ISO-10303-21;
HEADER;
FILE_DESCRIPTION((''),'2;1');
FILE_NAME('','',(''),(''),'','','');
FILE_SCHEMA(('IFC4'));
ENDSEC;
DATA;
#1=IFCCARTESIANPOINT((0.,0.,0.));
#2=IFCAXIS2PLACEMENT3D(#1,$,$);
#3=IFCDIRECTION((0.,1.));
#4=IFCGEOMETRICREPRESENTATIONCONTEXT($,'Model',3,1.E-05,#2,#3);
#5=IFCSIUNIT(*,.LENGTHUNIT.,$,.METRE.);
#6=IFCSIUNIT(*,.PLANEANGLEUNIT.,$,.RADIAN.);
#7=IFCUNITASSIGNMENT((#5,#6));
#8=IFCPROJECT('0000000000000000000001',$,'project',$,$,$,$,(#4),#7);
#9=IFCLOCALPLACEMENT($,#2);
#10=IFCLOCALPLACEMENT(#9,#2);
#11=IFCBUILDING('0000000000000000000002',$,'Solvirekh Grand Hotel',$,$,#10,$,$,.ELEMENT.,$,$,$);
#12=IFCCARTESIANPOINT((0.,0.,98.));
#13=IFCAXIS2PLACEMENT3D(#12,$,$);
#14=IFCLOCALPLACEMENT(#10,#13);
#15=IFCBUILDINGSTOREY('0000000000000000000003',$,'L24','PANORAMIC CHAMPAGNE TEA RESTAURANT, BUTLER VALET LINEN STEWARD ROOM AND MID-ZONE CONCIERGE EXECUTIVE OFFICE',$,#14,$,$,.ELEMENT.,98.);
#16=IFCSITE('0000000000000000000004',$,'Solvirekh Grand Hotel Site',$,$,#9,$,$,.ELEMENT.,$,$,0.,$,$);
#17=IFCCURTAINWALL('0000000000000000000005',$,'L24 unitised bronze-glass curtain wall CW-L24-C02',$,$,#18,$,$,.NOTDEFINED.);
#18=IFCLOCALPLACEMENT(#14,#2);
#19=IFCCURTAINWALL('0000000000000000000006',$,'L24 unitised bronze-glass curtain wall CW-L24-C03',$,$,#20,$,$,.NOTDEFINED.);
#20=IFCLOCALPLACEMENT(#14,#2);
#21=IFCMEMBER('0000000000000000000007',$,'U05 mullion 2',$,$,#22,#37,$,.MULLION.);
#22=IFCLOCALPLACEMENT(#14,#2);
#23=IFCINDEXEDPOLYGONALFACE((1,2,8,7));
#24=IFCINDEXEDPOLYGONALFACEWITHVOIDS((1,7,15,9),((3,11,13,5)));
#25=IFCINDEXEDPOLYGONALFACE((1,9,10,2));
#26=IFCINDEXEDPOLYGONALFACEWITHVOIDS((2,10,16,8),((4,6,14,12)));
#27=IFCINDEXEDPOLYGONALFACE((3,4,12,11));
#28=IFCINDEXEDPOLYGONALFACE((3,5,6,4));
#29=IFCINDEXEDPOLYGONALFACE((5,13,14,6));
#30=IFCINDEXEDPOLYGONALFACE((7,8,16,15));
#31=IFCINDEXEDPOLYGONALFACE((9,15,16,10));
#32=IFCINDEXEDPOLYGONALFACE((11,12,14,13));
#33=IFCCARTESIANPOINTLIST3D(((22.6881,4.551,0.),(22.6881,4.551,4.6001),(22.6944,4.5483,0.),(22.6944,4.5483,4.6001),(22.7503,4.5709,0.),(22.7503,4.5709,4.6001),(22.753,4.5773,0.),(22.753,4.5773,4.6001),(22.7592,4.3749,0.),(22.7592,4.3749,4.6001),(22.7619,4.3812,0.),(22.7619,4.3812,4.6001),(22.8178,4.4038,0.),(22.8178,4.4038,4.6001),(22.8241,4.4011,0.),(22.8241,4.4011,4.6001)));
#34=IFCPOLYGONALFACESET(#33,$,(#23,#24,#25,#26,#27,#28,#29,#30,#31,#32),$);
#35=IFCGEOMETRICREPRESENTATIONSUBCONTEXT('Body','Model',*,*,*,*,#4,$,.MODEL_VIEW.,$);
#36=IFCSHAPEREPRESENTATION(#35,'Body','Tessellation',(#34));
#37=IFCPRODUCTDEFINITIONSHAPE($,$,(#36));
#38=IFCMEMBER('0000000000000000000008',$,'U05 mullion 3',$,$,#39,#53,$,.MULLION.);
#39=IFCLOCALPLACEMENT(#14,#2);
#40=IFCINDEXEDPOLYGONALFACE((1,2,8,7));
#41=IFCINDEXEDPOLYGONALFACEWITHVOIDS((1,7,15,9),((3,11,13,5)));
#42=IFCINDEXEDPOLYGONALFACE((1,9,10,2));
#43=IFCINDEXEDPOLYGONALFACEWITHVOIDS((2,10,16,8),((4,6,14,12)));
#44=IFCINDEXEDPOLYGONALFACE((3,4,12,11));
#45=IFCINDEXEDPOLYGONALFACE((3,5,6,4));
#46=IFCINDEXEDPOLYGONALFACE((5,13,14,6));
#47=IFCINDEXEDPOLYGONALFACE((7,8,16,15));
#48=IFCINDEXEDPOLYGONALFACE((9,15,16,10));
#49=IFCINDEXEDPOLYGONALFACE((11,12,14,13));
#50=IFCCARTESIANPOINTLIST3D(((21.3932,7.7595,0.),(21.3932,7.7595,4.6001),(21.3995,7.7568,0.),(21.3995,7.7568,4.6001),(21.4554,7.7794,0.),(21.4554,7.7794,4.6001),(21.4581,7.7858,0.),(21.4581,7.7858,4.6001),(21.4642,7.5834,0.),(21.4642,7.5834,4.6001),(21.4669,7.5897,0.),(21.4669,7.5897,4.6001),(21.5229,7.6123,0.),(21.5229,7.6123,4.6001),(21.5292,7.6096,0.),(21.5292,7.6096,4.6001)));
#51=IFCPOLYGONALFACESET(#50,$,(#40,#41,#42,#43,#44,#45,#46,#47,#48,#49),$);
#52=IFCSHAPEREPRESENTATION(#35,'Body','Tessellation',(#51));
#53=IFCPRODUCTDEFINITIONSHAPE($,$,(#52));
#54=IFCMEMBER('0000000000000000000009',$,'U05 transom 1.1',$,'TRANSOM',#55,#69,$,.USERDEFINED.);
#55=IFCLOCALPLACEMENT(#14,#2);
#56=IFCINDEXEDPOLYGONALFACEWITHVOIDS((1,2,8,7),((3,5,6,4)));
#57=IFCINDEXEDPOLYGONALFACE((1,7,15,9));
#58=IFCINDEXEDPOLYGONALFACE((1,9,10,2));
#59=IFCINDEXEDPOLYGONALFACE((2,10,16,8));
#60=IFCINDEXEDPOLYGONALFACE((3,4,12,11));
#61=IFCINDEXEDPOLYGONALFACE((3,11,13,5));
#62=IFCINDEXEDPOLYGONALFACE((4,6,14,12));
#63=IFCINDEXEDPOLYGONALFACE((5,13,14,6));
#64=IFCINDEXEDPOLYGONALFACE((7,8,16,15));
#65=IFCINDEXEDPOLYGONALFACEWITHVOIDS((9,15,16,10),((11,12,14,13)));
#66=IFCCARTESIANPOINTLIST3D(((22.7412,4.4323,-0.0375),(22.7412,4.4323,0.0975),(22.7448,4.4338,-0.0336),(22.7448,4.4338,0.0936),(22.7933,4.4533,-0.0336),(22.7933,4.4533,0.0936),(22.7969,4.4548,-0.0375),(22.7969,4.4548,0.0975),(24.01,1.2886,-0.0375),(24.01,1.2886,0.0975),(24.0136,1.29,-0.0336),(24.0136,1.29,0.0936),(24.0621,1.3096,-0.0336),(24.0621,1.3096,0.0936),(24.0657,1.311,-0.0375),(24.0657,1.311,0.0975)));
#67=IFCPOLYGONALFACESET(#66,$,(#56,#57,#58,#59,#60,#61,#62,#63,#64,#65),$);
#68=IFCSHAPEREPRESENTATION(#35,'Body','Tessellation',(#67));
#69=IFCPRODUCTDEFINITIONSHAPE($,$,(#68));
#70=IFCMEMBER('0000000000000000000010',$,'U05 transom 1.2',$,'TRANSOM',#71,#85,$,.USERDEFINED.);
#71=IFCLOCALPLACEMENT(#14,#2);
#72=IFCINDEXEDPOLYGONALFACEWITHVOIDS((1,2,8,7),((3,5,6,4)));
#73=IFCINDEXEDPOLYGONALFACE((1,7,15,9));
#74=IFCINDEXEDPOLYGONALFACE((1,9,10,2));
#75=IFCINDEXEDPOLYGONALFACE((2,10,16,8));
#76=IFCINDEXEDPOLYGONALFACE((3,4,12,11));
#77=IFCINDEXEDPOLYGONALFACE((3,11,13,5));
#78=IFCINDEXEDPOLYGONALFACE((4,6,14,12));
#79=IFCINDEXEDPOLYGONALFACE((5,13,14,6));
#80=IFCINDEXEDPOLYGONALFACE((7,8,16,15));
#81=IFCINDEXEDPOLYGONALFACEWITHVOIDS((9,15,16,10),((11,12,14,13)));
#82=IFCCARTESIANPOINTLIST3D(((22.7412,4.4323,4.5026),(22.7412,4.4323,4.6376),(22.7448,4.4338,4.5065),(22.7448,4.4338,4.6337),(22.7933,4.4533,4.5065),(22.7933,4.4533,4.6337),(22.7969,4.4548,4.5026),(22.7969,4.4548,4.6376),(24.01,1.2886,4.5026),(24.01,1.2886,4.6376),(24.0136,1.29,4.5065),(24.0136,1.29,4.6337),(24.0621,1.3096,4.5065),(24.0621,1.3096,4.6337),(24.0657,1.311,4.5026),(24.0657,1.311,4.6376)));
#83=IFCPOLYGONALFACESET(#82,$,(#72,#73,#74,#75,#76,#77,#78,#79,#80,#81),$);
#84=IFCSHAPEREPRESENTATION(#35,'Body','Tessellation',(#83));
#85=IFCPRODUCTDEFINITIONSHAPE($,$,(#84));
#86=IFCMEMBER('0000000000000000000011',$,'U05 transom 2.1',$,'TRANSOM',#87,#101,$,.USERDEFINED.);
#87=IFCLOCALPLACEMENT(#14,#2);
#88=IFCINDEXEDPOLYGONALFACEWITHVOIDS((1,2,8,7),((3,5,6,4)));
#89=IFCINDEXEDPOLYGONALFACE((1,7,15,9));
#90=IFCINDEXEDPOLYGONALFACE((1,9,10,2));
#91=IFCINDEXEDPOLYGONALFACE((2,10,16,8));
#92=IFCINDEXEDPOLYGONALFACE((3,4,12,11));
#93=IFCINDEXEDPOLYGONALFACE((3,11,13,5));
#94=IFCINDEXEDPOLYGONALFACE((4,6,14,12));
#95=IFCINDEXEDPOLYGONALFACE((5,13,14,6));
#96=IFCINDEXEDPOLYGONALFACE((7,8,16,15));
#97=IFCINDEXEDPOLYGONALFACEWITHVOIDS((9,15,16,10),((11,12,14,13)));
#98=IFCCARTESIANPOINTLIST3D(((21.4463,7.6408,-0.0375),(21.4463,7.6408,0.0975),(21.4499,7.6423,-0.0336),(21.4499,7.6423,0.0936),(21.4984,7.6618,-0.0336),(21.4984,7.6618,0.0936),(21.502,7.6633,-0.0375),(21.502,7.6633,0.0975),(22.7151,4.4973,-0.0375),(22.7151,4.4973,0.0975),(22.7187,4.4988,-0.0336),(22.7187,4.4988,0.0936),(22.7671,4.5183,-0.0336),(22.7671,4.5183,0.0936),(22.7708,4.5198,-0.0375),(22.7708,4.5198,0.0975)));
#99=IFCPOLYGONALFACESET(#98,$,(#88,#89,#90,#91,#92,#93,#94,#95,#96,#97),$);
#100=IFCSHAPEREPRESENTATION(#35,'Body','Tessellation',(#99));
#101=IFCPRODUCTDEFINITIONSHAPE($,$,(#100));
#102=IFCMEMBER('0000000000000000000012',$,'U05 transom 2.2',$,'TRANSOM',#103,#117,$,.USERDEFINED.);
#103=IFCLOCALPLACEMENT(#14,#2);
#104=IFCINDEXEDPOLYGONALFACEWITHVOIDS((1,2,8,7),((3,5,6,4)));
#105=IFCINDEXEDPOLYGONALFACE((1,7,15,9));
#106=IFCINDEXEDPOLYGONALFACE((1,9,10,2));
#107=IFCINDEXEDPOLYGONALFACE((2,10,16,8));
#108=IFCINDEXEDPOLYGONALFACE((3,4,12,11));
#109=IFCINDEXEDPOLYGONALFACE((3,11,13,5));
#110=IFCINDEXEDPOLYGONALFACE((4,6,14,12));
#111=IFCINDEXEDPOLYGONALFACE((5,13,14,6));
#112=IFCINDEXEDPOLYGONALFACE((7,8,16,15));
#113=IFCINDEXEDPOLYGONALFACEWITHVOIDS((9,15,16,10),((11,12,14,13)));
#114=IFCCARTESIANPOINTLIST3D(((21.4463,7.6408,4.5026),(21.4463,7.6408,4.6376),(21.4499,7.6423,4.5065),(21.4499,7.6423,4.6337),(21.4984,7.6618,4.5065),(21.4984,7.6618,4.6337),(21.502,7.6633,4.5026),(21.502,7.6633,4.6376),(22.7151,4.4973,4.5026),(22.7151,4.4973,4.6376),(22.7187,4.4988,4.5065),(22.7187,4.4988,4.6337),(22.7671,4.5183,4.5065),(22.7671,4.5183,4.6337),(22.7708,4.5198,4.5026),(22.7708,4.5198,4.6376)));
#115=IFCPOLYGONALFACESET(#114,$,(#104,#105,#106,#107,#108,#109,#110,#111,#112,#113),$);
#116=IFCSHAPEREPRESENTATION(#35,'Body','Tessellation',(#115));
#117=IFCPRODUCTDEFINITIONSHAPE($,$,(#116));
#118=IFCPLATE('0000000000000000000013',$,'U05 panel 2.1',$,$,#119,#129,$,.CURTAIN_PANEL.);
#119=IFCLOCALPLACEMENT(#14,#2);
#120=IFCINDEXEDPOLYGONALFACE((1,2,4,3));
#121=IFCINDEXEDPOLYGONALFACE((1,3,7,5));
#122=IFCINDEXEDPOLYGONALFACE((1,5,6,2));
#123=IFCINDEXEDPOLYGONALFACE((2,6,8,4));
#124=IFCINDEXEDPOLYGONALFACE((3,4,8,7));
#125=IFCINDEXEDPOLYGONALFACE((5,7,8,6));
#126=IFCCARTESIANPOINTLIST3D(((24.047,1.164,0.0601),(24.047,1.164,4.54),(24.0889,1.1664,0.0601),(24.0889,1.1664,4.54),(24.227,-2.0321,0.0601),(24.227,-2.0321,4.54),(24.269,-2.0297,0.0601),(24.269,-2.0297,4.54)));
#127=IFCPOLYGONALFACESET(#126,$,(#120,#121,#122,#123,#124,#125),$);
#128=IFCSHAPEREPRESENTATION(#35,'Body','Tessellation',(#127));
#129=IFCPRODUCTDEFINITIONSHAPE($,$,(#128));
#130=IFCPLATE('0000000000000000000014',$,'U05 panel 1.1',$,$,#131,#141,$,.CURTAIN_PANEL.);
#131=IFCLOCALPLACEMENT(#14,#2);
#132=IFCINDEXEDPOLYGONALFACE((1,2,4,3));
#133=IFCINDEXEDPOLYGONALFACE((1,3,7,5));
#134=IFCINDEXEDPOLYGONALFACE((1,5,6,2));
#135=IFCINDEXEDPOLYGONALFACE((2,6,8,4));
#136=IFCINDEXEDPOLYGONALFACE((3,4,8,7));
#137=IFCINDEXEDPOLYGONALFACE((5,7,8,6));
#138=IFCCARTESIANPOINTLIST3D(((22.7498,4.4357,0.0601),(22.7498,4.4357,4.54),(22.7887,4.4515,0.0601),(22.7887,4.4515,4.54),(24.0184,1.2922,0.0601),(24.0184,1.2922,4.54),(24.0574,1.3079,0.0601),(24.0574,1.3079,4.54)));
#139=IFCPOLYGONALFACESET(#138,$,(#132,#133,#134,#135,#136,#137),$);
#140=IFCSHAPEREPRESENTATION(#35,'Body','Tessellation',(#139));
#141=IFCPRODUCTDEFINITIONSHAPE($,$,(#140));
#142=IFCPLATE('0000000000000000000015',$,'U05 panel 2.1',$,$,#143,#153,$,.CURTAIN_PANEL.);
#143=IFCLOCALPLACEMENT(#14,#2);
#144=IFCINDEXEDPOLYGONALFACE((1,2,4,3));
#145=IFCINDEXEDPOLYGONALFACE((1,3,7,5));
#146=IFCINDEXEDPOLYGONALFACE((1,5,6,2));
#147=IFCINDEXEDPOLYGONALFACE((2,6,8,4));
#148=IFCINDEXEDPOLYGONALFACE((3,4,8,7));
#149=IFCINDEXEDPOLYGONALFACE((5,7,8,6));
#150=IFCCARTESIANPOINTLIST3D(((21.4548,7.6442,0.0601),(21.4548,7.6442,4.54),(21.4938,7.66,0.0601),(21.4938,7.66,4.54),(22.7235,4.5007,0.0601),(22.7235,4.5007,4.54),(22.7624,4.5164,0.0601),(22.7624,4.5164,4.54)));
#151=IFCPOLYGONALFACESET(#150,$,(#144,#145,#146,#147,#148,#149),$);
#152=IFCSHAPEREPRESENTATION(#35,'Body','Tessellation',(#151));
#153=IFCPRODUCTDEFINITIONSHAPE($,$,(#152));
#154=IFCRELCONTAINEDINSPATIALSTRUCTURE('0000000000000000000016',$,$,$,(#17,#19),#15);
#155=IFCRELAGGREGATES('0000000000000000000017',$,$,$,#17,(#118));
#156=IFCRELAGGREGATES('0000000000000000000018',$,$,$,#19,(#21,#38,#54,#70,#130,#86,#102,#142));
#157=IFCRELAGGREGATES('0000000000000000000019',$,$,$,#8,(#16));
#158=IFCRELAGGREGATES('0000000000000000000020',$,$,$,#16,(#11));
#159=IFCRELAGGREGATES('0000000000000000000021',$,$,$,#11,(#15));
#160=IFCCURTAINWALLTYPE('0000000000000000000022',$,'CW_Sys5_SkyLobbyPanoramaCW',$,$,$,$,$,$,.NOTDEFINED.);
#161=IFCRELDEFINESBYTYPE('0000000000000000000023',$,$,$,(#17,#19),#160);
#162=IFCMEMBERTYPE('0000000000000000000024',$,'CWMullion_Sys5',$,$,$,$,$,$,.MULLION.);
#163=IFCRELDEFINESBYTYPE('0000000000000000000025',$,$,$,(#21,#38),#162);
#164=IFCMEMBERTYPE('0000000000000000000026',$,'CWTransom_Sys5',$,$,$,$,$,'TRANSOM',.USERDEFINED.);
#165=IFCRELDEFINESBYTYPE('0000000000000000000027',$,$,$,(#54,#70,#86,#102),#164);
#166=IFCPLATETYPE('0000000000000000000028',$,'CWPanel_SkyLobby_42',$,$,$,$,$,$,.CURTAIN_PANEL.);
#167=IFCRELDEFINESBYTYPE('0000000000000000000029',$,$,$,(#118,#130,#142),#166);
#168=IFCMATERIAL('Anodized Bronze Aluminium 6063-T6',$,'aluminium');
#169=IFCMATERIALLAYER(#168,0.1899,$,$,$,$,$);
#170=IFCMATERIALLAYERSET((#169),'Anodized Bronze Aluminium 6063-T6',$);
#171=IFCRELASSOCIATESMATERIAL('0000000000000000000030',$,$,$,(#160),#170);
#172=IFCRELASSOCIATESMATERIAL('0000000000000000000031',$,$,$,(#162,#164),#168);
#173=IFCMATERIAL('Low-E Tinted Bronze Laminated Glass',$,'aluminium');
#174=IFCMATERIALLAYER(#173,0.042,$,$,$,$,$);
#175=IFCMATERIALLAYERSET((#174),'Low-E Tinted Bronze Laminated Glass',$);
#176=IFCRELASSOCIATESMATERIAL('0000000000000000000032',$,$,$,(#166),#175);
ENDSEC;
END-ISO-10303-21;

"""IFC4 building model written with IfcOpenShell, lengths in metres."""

from ifc_helpers import new_model, si_unit, direction, frame, origin, origin_2d, place, context, subcontext, project, spatial, rectangle, hollow_rectangle, extrude, source, transform, mapped, material, layer, layer_set, material_profile, profile_set, type_object, element, aggregate, save


model = new_model("IFC4")

# Units and contexts
model_context = context("Model", 3, precision=1e-05, world=origin(), true_north=direction((0.0, 1.0)))
body_context = subcontext(model_context, "Body", "Model", "MODEL_VIEW")
ifc_project = project(units=[si_unit("LENGTHUNIT", "METRE"), si_unit("PLANEANGLEUNIT", "RADIAN")], contexts=[model_context])

# Site, building, storey
site_placement = place(None, origin())
site = spatial("IfcSite", under=ifc_project, at=site_placement, Name="Solvirekh Grand Hotel Site", CompositionType="ELEMENT", RefElevation=0.0)
building_placement = place(site_placement, origin())
building = spatial("IfcBuilding", under=site, at=building_placement, Name="Solvirekh Grand Hotel", CompositionType="ELEMENT")
storey_placement = place(building_placement, frame((0.0, 0.0, 98.0)))
storey = spatial("IfcBuildingStorey", under=building, at=storey_placement, Name="L24", Description="PANORAMIC CHAMPAGNE TEA RESTAURANT, BUTLER VALET LINEN STEWARD ROOM AND MID-ZONE CONCIERGE EXECUTIVE OFFICE", CompositionType="ELEMENT", Elevation=98.0)

# Curtain wall
ifc_material_1 = material(Name="Anodized Bronze Aluminium 6063-T6", Category="aluminium")
ifc_layer_1 = layer(ifc_material_1, 0.1899)
ifc_layer_set_1 = layer_set([ifc_layer_1], Name="Anodized Bronze Aluminium 6063-T6")
curtain_wall_type = type_object("IfcCurtainWallType", Name="CW_Sys5_SkyLobbyPanoramaCW", PredefinedType="NOTDEFINED", material=ifc_layer_set_1)
curtain_wall_1_placement = place(storey_placement, origin())
curtain_wall_1 = element("IfcCurtainWall", 1, at=curtain_wall_1_placement, inside=storey, type_object=curtain_wall_type, Name="L24 unitised bronze-glass curtain wall CW-L24-C02", PredefinedType="NOTDEFINED")
ifc_material_profile_1 = material_profile(ifc_material_1, hollow_rectangle(XDim=0.0701, YDim=0.1899, WallThickness=0.0049, at=origin_2d()), Name="ALU RHS 190X70X5")
ifc_profile_set_1 = profile_set([ifc_material_profile_1], Name="Anodized Bronze Aluminium 6063-T6")
member_type_1 = type_object("IfcMemberType", Name="CWMullion_Sys5", PredefinedType="MULLION", material=ifc_profile_set_1)
shared_shape_1 = source(origin(), body_context, "Body", "SweptSolid", [
    extrude(hollow_rectangle(XDim=0.0701, YDim=0.1899, WallThickness=0.0049, at=origin_2d()), origin(), (0.0, 0.0, 1.0), 4.6001),
])

# Curtain wall, members
curtain_wall_2_placement = place(storey_placement, origin())
curtain_wall_2 = element("IfcCurtainWall", 2, at=curtain_wall_2_placement, inside=storey, type_object=curtain_wall_type, Name="L24 unitised bronze-glass curtain wall CW-L24-C03", PredefinedType="NOTDEFINED")
member_1_placement = place(storey_placement, frame((22.7561, 4.4761, 0.0), z_axis=(0.0, 0.0, 1.0), x_axis=(-0.927328, -0.37425, 0.0)))
member_1 = element("IfcMember", 3, at=member_1_placement, type_object=member_type_1, Name="U05 mullion 2", PredefinedType="MULLION", context=body_context, shape_type="MappedRepresentation", body=[
    mapped(shared_shape_1, transform((0.0, 0.0, 0.0), x_axis=(1.0, 0.0, 0.0), y_axis=(0.0, 1.0, 0.0), z_axis=(0.0, 0.0, 1.0), scale=1.0)),
])
member_2_placement = place(storey_placement, frame((21.4612, 7.6846, 0.0), z_axis=(0.0, 0.0, 1.0), x_axis=(-0.927328, -0.37425, 0.0)))
member_2 = element("IfcMember", 4, at=member_2_placement, type_object=member_type_1, Name="U05 mullion 3", PredefinedType="MULLION", context=body_context, shape_type="MappedRepresentation", body=[
    mapped(shared_shape_1, transform((0.0, 0.0, 0.0), x_axis=(1.0, 0.0, 0.0), y_axis=(0.0, 1.0, 0.0), z_axis=(0.0, 0.0, 1.0), scale=1.0)),
])
ifc_material_profile_2 = material_profile(ifc_material_1, hollow_rectangle(XDim=0.0601, YDim=0.135, WallThickness=0.0039, at=origin_2d()), Name="ALU RHS 135X60X4")
ifc_profile_set_2 = profile_set([ifc_material_profile_2], Name="Anodized Bronze Aluminium 6063-T6")
member_type_2 = type_object("IfcMemberType", Name="CWTransom_Sys5", ElementType="TRANSOM", PredefinedType="USERDEFINED", material=ifc_profile_set_2)
shared_shape_2 = source(origin(), body_context, "Body", "SweptSolid", [
    extrude(hollow_rectangle(XDim=0.0601, YDim=0.135, WallThickness=0.0039, at=origin_2d()), origin(), (0.0, 0.0, 1.0), 3.3901),
])
member_3_placement = place(storey_placement, frame((24.0378, 1.2998, 0.03), z_axis=(-0.374257, 0.927325, 0.0), x_axis=(-0.927325, -0.374257, 0.0)))
member_3 = element("IfcMember", 5, at=member_3_placement, type_object=member_type_2, Name="U05 transom 1.1", ObjectType="TRANSOM", PredefinedType="USERDEFINED", context=body_context, shape_type="MappedRepresentation", body=[
    mapped(shared_shape_2, transform((0.0, 0.0, 0.0), x_axis=(1.0, 0.0, 0.0), y_axis=(0.0, 1.0, 0.0), z_axis=(0.0, 0.0, 1.0), scale=1.0)),
])
member_4_placement = place(storey_placement, frame((24.0378, 1.2998, 4.5701), z_axis=(-0.374257, 0.927325, 0.0), x_axis=(-0.927325, -0.374257, 0.0)))
member_4 = element("IfcMember", 6, at=member_4_placement, type_object=member_type_2, Name="U05 transom 1.2", ObjectType="TRANSOM", PredefinedType="USERDEFINED", context=body_context, shape_type="MappedRepresentation", body=[
    mapped(shared_shape_2, transform((0.0, 0.0, 0.0), x_axis=(1.0, 0.0, 0.0), y_axis=(0.0, 1.0, 0.0), z_axis=(0.0, 0.0, 1.0), scale=1.0)),
])
shared_shape_3 = source(origin(), body_context, "Body", "SweptSolid", [
    extrude(hollow_rectangle(XDim=0.0601, YDim=0.135, WallThickness=0.0039, at=origin_2d()), origin(), (0.0, 0.0, 1.0), 3.3899),
])
member_5_placement = place(storey_placement, frame((22.7429, 4.5085, 0.03), z_axis=(-0.374282, 0.927315, 0.0), x_axis=(-0.927315, -0.374282, 0.0)))
member_5 = element("IfcMember", 7, at=member_5_placement, type_object=member_type_2, Name="U05 transom 2.1", ObjectType="TRANSOM", PredefinedType="USERDEFINED", context=body_context, shape_type="MappedRepresentation", body=[
    mapped(shared_shape_3, transform((0.0, 0.0, 0.0), x_axis=(1.0, 0.0, 0.0), y_axis=(0.0, 1.0, 0.0), z_axis=(0.0, 0.0, 1.0), scale=1.0)),
])
member_6_placement = place(storey_placement, frame((22.7429, 4.5085, 4.5701), z_axis=(-0.374282, 0.927315, 0.0), x_axis=(-0.927315, -0.374282, 0.0)))
member_6 = element("IfcMember", 8, at=member_6_placement, type_object=member_type_2, Name="U05 transom 2.2", ObjectType="TRANSOM", PredefinedType="USERDEFINED", context=body_context, shape_type="MappedRepresentation", body=[
    mapped(shared_shape_3, transform((0.0, 0.0, 0.0), x_axis=(1.0, 0.0, 0.0), y_axis=(0.0, 1.0, 0.0), z_axis=(0.0, 0.0, 1.0), scale=1.0)),
])

# Plates
ifc_material_2 = material(Name="Low-E Tinted Bronze Laminated Glass", Category="aluminium")
ifc_layer_2 = layer(ifc_material_2, 0.042)
ifc_layer_set_2 = layer_set([ifc_layer_2], Name="Low-E Tinted Bronze Laminated Glass")
plate_type = type_object("IfcPlateType", Name="CWPanel_SkyLobby_42", PredefinedType="CURTAIN_PANEL", material=ifc_layer_set_2)
shared_shape_4 = source(origin(), body_context, "Body", "SweptSolid", [
    extrude(rectangle(XDim=3.2012, YDim=0.042, at=origin_2d()), origin(), (0.0, 0.0, 1.0), 4.48),
])
plate_1_placement = place(storey_placement, frame((24.158, -0.4329, 0.0601), z_axis=(0.0, 0.0, 1.0), x_axis=(-0.056257, 0.998416, 0.0)))
plate_1 = element("IfcPlate", 9, at=plate_1_placement, type_object=plate_type, Name="U05 panel 2.1", PredefinedType="CURTAIN_PANEL", context=body_context, shape_type="MappedRepresentation", body=[
    mapped(shared_shape_4, transform((0.0, 0.0, 0.0), x_axis=(1.0, 0.0, 0.0), y_axis=(0.0, 1.0, 0.0), z_axis=(0.0, 0.0, 1.0), scale=1.0)),
])
aggregate(curtain_wall_1, [plate_1])
shared_shape_5 = source(origin(), body_context, "Body", "SweptSolid", [
    extrude(rectangle(XDim=3.3899, YDim=0.042, at=origin_2d()), origin(), (0.0, 0.0, 1.0), 4.48),
])
plate_2_placement = place(storey_placement, frame((23.4036, 2.8718, 0.0601), z_axis=(0.0, 0.0, 1.0), x_axis=(-0.37425, 0.927328, 0.0)))
plate_2 = element("IfcPlate", 10, at=plate_2_placement, type_object=plate_type, Name="U05 panel 1.1", PredefinedType="CURTAIN_PANEL", context=body_context, shape_type="MappedRepresentation", body=[
    mapped(shared_shape_5, transform((0.0, 0.0, 0.0), x_axis=(1.0, 0.0, 0.0), y_axis=(0.0, 1.0, 0.0), z_axis=(0.0, 0.0, 1.0), scale=1.0)),
])
plate_3_placement = place(storey_placement, frame((22.1086, 6.0803, 0.0601), z_axis=(0.0, 0.0, 1.0), x_axis=(-0.37425, 0.927328, 0.0)))
plate_3 = element("IfcPlate", 11, at=plate_3_placement, type_object=plate_type, Name="U05 panel 2.1", PredefinedType="CURTAIN_PANEL", context=body_context, shape_type="MappedRepresentation", body=[
    mapped(shared_shape_5, transform((0.0, 0.0, 0.0), x_axis=(1.0, 0.0, 0.0), y_axis=(0.0, 1.0, 0.0), z_axis=(0.0, 0.0, 1.0), scale=1.0)),
])
aggregate(curtain_wall_2, [member_1, member_2, member_3, member_4, plate_2, member_5, member_6, plate_3])

save(model, "model.ifc")
